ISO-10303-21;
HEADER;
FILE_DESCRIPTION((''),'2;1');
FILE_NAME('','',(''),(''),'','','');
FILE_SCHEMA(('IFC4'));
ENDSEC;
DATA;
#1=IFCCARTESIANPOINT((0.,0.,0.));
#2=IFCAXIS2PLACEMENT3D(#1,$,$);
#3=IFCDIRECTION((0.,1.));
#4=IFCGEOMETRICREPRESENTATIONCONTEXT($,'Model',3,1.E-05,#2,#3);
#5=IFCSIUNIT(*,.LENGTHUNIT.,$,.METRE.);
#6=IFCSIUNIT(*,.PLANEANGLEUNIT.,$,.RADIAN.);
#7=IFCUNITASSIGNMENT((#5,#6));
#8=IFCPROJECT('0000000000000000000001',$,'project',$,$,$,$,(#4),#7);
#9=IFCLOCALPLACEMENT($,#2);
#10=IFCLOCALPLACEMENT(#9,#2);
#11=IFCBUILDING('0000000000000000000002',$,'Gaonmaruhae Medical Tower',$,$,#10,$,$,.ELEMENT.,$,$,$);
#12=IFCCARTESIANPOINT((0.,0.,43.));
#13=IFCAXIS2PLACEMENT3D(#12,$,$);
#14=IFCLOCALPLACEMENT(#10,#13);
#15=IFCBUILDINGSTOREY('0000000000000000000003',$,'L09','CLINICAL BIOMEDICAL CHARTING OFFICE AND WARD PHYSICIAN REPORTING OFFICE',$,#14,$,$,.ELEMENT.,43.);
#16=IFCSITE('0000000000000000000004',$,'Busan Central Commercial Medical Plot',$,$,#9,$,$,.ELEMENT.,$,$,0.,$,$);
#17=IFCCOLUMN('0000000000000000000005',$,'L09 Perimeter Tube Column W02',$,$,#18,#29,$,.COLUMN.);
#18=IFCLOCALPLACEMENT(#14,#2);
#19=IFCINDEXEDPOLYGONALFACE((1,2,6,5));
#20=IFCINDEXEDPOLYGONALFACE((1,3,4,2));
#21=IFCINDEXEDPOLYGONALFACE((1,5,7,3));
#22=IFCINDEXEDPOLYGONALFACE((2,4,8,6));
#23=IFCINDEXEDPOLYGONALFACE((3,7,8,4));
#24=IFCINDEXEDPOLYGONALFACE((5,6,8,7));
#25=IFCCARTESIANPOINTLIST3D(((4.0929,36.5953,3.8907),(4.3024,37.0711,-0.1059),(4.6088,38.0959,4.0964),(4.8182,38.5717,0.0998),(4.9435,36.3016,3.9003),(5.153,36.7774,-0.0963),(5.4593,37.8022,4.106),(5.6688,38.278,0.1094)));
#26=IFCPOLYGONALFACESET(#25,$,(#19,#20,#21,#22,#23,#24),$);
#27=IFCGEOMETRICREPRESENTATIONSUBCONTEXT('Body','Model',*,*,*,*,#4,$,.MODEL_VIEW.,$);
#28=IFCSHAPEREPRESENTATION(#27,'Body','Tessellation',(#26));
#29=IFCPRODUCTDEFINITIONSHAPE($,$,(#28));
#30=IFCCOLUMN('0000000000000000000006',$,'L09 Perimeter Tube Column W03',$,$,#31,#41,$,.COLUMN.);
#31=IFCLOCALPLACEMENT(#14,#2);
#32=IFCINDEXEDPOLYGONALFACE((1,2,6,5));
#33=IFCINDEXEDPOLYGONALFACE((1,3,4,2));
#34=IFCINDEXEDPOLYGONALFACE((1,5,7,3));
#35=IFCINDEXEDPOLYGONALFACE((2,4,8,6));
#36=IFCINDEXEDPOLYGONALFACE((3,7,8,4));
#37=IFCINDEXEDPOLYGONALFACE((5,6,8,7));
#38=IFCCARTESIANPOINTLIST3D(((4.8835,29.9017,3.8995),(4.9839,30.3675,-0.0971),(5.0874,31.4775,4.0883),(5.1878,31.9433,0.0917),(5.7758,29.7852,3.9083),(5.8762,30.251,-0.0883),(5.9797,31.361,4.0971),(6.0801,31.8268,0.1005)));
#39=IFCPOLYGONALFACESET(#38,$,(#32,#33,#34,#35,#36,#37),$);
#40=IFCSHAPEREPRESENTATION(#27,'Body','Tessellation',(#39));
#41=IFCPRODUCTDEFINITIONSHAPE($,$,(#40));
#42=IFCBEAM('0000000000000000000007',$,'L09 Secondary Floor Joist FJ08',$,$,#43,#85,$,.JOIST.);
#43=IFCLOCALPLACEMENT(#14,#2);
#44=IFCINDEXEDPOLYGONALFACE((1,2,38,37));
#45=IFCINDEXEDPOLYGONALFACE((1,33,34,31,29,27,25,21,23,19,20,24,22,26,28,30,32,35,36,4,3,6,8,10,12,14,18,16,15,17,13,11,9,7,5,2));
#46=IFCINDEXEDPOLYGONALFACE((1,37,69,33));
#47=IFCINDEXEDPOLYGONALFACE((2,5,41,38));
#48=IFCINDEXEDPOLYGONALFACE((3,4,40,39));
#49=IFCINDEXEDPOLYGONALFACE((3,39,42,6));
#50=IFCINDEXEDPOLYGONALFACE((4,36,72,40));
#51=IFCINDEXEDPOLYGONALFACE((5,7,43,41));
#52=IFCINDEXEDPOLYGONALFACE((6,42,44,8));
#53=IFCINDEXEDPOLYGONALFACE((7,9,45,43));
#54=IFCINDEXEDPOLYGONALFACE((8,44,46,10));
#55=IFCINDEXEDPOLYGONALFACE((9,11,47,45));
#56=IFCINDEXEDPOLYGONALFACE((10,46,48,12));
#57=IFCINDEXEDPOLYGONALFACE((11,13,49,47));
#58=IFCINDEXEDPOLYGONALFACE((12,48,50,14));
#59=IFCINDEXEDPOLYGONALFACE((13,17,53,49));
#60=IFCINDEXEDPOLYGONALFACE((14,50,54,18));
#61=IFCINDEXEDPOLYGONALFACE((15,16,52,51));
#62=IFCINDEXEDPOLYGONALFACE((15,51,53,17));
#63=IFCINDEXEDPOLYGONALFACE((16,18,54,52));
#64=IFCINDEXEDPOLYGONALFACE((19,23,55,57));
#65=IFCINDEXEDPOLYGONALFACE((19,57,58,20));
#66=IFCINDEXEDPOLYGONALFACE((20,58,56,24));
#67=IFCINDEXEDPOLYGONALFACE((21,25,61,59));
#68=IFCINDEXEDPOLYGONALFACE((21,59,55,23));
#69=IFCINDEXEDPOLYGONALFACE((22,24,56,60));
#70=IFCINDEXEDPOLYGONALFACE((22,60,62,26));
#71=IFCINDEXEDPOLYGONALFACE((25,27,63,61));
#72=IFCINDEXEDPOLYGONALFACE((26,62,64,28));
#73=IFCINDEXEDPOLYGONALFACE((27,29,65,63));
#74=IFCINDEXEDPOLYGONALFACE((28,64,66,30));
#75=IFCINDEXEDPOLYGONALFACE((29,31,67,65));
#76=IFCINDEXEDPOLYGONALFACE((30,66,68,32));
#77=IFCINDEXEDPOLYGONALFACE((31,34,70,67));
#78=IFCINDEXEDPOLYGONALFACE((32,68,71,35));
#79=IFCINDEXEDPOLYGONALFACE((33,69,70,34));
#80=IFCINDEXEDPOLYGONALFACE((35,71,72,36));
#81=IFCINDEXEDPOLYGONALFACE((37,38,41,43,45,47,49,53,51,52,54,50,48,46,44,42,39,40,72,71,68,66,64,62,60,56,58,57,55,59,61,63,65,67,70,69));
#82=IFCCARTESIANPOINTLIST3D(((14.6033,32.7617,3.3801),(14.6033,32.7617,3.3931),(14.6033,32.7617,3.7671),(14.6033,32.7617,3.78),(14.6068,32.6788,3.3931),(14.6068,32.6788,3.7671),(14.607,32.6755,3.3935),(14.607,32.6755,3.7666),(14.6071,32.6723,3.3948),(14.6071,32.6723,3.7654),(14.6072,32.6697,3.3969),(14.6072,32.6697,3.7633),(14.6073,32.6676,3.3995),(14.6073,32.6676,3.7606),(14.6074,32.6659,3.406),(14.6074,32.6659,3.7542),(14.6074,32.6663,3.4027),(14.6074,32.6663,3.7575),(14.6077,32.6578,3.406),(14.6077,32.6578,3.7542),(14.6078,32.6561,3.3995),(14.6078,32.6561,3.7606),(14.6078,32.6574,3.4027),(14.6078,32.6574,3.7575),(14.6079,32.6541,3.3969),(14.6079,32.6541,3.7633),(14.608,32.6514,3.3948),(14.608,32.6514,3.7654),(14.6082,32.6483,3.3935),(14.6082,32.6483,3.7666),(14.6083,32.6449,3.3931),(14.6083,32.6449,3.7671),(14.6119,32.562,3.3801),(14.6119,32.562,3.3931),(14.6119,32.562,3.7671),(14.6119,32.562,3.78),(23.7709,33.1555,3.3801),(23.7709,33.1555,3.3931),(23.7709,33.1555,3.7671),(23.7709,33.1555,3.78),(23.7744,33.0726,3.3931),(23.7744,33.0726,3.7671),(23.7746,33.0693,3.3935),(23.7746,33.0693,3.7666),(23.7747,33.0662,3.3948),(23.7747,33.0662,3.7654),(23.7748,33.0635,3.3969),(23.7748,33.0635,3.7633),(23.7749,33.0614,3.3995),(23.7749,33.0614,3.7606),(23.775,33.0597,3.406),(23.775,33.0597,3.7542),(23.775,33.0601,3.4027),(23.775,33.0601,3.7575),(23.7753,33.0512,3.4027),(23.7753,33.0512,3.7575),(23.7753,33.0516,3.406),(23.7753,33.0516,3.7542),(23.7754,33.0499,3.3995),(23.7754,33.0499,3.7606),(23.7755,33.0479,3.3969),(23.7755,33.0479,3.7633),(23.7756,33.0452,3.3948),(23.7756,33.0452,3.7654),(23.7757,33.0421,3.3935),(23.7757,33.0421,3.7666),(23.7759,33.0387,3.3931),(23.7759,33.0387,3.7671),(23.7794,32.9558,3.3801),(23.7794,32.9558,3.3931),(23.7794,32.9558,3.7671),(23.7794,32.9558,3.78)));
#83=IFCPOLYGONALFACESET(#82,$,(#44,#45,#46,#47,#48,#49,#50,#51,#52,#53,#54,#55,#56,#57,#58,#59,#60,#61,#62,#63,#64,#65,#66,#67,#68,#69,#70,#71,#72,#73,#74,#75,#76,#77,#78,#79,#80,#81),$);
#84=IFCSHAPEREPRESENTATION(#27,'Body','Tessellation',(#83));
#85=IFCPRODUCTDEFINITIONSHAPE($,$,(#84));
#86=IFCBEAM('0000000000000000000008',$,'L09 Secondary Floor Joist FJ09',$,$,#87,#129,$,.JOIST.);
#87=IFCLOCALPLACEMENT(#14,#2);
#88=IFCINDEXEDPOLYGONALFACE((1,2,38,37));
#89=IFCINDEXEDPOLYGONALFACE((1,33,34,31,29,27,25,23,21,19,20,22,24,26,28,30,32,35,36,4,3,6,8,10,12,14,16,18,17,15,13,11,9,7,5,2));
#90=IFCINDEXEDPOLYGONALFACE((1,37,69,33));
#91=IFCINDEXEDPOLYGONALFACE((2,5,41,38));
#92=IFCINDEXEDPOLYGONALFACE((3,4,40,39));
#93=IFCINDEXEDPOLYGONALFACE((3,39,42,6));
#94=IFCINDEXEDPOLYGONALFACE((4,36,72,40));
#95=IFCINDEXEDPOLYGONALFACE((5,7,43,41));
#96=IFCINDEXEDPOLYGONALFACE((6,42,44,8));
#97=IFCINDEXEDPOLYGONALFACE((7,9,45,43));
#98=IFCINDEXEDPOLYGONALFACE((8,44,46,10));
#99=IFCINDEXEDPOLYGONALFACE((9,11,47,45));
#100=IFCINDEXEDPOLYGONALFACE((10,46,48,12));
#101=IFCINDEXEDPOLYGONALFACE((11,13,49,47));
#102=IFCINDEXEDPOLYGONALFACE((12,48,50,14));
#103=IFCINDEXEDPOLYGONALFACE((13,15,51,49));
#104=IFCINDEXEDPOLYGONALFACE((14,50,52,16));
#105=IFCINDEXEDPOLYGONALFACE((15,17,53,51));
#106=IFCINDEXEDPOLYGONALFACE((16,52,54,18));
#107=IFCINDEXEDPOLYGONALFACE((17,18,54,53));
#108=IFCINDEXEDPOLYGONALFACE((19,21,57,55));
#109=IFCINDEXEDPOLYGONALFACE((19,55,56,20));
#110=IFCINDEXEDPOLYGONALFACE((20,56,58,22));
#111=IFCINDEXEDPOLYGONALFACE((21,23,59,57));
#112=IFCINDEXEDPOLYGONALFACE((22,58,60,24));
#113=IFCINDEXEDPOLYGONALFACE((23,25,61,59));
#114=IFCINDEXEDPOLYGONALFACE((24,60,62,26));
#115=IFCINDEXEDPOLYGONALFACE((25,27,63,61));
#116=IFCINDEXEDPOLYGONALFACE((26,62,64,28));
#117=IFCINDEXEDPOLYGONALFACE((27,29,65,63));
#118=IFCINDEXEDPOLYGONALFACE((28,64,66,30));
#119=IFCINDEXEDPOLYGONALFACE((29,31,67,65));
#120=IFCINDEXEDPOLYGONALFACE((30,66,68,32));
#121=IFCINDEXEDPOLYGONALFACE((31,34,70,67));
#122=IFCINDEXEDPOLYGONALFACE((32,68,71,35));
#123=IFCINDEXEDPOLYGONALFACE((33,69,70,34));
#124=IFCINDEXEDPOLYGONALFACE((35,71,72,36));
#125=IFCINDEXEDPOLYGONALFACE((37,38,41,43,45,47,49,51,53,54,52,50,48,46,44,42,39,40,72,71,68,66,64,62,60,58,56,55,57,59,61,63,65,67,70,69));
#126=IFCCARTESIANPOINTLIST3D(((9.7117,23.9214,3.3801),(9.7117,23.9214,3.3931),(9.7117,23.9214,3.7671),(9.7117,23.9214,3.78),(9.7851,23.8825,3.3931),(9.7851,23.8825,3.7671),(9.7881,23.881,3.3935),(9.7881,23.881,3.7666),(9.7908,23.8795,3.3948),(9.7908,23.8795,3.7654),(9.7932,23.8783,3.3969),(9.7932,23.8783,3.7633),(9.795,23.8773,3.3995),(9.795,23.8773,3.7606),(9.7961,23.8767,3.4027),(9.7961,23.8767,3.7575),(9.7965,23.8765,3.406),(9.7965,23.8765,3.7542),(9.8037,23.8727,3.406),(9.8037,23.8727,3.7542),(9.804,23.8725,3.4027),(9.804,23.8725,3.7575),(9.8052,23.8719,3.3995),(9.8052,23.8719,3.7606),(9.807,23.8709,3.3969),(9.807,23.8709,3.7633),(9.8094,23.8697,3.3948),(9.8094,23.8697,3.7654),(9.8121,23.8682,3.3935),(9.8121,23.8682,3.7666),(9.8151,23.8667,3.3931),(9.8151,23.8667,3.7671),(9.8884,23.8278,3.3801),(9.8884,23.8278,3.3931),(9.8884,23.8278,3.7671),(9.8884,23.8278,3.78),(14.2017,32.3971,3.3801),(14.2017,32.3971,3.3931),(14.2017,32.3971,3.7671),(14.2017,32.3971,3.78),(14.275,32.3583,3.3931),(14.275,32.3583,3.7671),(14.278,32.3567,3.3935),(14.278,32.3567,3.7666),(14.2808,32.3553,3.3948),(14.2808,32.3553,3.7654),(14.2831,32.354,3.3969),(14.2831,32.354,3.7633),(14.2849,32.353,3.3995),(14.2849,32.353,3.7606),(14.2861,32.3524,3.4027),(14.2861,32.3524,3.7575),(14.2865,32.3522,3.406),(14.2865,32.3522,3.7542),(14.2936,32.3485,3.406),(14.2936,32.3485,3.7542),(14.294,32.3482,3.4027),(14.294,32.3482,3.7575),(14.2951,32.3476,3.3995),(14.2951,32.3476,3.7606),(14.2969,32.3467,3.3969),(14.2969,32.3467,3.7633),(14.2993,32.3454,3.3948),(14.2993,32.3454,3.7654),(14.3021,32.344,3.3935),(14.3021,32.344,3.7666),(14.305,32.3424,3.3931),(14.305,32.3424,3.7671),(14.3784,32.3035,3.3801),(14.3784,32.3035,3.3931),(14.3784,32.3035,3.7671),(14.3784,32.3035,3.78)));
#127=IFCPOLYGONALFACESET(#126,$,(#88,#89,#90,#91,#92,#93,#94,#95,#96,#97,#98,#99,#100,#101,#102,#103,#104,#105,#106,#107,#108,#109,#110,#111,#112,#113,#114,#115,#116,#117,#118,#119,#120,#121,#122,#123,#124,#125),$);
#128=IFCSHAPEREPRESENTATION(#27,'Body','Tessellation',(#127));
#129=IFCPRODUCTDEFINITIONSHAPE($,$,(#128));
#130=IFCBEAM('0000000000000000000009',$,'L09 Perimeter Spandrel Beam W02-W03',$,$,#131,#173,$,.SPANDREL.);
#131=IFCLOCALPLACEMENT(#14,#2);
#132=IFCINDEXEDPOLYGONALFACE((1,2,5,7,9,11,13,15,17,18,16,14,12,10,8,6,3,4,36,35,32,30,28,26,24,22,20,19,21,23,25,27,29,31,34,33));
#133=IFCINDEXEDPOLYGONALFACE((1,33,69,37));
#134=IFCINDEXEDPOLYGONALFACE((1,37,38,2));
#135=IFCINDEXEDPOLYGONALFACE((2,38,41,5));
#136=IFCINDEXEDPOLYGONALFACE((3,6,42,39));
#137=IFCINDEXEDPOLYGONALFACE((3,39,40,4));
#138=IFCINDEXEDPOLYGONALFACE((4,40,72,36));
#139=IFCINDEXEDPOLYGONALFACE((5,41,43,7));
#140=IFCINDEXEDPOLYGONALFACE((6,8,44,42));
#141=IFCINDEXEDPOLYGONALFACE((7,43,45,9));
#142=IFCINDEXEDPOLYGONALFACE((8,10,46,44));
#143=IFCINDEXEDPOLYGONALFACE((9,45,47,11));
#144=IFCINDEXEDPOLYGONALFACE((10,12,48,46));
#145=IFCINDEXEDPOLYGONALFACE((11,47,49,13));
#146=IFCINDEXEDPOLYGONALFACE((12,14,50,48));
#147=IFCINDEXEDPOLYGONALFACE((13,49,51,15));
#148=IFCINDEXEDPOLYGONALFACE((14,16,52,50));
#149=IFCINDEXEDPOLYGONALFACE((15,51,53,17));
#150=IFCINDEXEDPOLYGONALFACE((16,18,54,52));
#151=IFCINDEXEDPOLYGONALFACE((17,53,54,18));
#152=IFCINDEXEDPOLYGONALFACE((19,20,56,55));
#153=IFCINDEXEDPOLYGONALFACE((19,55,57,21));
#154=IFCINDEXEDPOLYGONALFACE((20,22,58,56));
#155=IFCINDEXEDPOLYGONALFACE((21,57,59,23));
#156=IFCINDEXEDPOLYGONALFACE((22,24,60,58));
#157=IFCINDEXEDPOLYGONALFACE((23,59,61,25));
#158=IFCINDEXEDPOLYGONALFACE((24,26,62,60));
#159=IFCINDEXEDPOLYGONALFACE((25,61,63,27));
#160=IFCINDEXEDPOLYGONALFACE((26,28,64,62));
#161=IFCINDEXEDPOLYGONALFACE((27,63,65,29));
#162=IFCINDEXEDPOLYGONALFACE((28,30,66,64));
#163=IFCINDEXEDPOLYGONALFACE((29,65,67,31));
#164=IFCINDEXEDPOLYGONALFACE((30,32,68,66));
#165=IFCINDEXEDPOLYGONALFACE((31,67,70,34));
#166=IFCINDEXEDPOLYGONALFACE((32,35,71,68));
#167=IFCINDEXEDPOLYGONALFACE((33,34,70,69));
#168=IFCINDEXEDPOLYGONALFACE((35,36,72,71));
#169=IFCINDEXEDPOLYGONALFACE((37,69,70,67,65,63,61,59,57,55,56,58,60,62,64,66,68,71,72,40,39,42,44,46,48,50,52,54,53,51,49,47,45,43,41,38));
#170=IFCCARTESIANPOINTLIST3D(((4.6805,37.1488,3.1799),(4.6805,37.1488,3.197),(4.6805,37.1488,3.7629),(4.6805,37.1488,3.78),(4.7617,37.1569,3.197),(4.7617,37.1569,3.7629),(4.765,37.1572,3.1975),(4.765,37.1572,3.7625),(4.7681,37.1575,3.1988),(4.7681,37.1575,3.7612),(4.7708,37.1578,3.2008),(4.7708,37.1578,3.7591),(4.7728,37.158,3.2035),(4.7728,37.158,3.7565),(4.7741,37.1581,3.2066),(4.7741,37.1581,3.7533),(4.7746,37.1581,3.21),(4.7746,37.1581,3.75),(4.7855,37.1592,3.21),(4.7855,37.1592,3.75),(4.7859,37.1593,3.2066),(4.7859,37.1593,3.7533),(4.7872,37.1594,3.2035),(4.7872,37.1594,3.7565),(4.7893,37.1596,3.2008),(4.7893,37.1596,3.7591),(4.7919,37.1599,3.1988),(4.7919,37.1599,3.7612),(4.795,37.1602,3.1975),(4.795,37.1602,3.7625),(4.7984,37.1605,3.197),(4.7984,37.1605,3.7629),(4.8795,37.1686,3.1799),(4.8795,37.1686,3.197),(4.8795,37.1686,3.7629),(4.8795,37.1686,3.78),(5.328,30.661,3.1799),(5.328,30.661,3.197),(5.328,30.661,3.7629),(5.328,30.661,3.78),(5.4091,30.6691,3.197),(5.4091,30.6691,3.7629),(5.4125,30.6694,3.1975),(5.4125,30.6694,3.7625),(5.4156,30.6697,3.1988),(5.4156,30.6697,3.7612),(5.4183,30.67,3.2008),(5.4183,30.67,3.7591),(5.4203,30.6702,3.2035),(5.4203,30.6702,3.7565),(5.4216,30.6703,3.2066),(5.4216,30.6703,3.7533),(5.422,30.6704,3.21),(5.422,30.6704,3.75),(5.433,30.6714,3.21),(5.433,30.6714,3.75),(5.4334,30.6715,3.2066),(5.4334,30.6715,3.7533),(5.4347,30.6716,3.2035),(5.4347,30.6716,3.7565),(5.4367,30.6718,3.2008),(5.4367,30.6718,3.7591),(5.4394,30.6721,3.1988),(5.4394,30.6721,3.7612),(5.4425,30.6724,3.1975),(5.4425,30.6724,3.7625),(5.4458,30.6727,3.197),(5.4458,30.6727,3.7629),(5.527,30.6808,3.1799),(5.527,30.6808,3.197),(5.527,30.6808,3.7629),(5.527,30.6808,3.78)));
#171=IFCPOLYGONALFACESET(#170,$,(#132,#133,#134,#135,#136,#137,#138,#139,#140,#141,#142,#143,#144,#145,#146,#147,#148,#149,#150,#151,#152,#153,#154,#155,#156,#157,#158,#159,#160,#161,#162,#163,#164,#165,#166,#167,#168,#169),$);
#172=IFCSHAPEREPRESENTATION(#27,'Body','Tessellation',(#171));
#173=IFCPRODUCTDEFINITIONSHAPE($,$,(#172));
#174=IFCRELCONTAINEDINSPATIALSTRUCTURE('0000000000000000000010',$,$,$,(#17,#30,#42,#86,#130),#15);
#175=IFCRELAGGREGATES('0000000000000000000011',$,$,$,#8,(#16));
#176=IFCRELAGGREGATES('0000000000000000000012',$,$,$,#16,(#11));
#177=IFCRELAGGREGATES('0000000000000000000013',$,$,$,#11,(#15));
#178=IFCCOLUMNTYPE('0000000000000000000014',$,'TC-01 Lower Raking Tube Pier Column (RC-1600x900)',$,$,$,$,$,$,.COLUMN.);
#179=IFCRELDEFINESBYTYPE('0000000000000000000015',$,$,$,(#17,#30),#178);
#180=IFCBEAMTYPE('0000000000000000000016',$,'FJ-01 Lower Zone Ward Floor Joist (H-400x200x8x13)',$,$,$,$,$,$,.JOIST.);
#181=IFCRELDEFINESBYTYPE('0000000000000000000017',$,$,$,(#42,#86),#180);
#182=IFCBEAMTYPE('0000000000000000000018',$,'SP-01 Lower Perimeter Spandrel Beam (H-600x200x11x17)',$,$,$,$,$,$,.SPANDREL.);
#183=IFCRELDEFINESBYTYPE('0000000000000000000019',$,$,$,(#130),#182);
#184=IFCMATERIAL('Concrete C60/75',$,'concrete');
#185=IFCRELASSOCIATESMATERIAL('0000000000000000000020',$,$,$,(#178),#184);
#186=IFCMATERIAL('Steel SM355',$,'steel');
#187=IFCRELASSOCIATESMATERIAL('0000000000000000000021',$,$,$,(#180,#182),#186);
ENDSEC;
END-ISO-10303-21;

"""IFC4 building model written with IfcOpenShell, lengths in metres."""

from ifc_helpers import new_model, si_unit, direction, frame, origin, origin_2d, place, context, subcontext, project, spatial, rectangle, i_section, extrude, material, material_profile, profile_set, type_object, element, save


model = new_model("IFC4")

# Units and contexts
model_context = context("Model", 3, precision=1e-05, world=origin(), true_north=direction((0.0, 1.0)))
body_context = subcontext(model_context, "Body", "Model", "MODEL_VIEW")
ifc_project = project(units=[si_unit("LENGTHUNIT", "METRE"), si_unit("PLANEANGLEUNIT", "RADIAN")], contexts=[model_context])

# Site, building, storey
site_placement = place(None, origin())
site = spatial("IfcSite", under=ifc_project, at=site_placement, Name="Busan Central Commercial Medical Plot", CompositionType="ELEMENT", RefElevation=0.0)
building_placement = place(site_placement, origin())
building = spatial("IfcBuilding", under=site, at=building_placement, Name="Gaonmaruhae Medical Tower", CompositionType="ELEMENT")
storey_placement = place(building_placement, frame((0.0, 0.0, 43.0)))
storey = spatial("IfcBuildingStorey", under=building, at=storey_placement, Name="L09", Description="CLINICAL BIOMEDICAL CHARTING OFFICE AND WARD PHYSICIAN REPORTING OFFICE", CompositionType="ELEMENT", Elevation=43.0)

# Columns
ifc_material_1 = material(Name="Concrete C60/75", Category="concrete")
ifc_material_profile_1 = material_profile(ifc_material_1, rectangle(XDim=1.6001, YDim=0.8999, at=origin_2d()), Name="RC-1600x900")
ifc_profile_set_1 = profile_set([ifc_material_profile_1], Name="Concrete C60/75")
column_type = type_object("IfcColumnType", Name="TC-01 Lower Raking Tube Pier Column (RC-1600x900)", PredefinedType="COLUMN", material=ifc_profile_set_1)
column_1_placement = place(storey_placement, frame((4.9856, 37.6746, 0.0017), z_axis=(-0.051975, -0.118064, 0.991645), x_axis=(0.322384, 0.937839, 0.128556)))
element("IfcColumn", 1, at=column_1_placement, inside=storey, type_object=column_type, Name="L09 Perimeter Tube Column W02", PredefinedType="COLUMN", context=body_context, shape_type="SweptSolid", body=[
    extrude(rectangle(XDim=1.6001, YDim=0.8999, at=origin_2d()), origin(), (0.0, 0.0, 1.0), 4.0303),
])
column_2_placement = place(storey_placement, frame((5.532, 31.0972, 0.0017), z_axis=(-0.02493, -0.115735, 0.992967), x_axis=(0.127428, 0.984806, 0.117983)))
element("IfcColumn", 2, at=column_2_placement, inside=storey, type_object=column_type, Name="L09 Perimeter Tube Column W03", PredefinedType="COLUMN", context=body_context, shape_type="SweptSolid", body=[
    extrude(rectangle(XDim=1.6001, YDim=0.8999, at=origin_2d()), origin(), (0.0, 0.0, 1.0), 4.0249),
])

# Beams
ifc_material_2 = material(Name="Steel SM355", Category="steel")
ifc_material_profile_2 = material_profile(ifc_material_2, i_section(OverallWidth=0.2, OverallDepth=0.3999, WebThickness=0.0081, FlangeThickness=0.0129, FilletRadius=0.0129, at=origin_2d()), Name="H-400x200x8x13")
ifc_profile_set_2 = profile_set([ifc_material_profile_2], Name="Steel SM355")
beam_type_1 = type_object("IfcBeamType", Name="FJ-01 Lower Zone Ward Floor Joist (H-400x200x8x13)", PredefinedType="JOIST", material=ifc_profile_set_2)
beam_1_placement = place(storey_placement, frame((23.7751, 33.0557, 3.5801), z_axis=(-0.999079, -0.042916, 0.0), x_axis=(0.042916, -0.999079, 0.0)))
element("IfcBeam", 3, at=beam_1_placement, inside=storey, type_object=beam_type_1, Name="L09 Secondary Floor Joist FJ08", PredefinedType="JOIST", context=body_context, shape_type="SweptSolid", body=[
    extrude(i_section(OverallWidth=0.2, OverallDepth=0.3999, WebThickness=0.0081, FlangeThickness=0.0129, FilletRadius=0.0129, at=origin_2d()), origin(), (0.0, 0.0, 1.0), 9.176),
])
beam_2_placement = place(storey_placement, frame((14.29, 32.3503, 3.5801), z_axis=(-0.468115, -0.883668, 0.0), x_axis=(0.883668, -0.468115, 0.0)))
element("IfcBeam", 4, at=beam_2_placement, inside=storey, type_object=beam_type_1, Name="L09 Secondary Floor Joist FJ09", PredefinedType="JOIST", context=body_context, shape_type="SweptSolid", body=[
    extrude(i_section(OverallWidth=0.2, OverallDepth=0.3999, WebThickness=0.0081, FlangeThickness=0.0129, FilletRadius=0.0129, at=origin_2d()), origin(), (0.0, 0.0, 1.0), 9.5916),
])
ifc_material_profile_3 = material_profile(ifc_material_2, i_section(OverallWidth=0.2, OverallDepth=0.6001, WebThickness=0.011, FlangeThickness=0.0171, FilletRadius=0.0129, at=origin_2d()), Name="H-600x200x11x17")
ifc_profile_set_3 = profile_set([ifc_material_profile_3], Name="Steel SM355")
beam_type_2 = type_object("IfcBeamType", Name="SP-01 Lower Perimeter Spandrel Beam (H-600x200x11x17)", PredefinedType="SPANDREL", material=ifc_profile_set_3)
beam_3_placement = place(storey_placement, frame((4.78, 37.1587, 3.48), z_axis=(0.099304, -0.995057, 0.0), x_axis=(0.995057, 0.099304, 0.0)))
element("IfcBeam", 5, at=beam_3_placement, inside=storey, type_object=beam_type_2, Name="L09 Perimeter Spandrel Beam W02-W03", PredefinedType="SPANDREL", context=body_context, shape_type="SweptSolid", body=[
    extrude(i_section(OverallWidth=0.2, OverallDepth=0.6001, WebThickness=0.011, FlangeThickness=0.0171, FilletRadius=0.0129, at=origin_2d()), origin(), (0.0, 0.0, 1.0), 6.52),
])

save(model, "model.ifc")
